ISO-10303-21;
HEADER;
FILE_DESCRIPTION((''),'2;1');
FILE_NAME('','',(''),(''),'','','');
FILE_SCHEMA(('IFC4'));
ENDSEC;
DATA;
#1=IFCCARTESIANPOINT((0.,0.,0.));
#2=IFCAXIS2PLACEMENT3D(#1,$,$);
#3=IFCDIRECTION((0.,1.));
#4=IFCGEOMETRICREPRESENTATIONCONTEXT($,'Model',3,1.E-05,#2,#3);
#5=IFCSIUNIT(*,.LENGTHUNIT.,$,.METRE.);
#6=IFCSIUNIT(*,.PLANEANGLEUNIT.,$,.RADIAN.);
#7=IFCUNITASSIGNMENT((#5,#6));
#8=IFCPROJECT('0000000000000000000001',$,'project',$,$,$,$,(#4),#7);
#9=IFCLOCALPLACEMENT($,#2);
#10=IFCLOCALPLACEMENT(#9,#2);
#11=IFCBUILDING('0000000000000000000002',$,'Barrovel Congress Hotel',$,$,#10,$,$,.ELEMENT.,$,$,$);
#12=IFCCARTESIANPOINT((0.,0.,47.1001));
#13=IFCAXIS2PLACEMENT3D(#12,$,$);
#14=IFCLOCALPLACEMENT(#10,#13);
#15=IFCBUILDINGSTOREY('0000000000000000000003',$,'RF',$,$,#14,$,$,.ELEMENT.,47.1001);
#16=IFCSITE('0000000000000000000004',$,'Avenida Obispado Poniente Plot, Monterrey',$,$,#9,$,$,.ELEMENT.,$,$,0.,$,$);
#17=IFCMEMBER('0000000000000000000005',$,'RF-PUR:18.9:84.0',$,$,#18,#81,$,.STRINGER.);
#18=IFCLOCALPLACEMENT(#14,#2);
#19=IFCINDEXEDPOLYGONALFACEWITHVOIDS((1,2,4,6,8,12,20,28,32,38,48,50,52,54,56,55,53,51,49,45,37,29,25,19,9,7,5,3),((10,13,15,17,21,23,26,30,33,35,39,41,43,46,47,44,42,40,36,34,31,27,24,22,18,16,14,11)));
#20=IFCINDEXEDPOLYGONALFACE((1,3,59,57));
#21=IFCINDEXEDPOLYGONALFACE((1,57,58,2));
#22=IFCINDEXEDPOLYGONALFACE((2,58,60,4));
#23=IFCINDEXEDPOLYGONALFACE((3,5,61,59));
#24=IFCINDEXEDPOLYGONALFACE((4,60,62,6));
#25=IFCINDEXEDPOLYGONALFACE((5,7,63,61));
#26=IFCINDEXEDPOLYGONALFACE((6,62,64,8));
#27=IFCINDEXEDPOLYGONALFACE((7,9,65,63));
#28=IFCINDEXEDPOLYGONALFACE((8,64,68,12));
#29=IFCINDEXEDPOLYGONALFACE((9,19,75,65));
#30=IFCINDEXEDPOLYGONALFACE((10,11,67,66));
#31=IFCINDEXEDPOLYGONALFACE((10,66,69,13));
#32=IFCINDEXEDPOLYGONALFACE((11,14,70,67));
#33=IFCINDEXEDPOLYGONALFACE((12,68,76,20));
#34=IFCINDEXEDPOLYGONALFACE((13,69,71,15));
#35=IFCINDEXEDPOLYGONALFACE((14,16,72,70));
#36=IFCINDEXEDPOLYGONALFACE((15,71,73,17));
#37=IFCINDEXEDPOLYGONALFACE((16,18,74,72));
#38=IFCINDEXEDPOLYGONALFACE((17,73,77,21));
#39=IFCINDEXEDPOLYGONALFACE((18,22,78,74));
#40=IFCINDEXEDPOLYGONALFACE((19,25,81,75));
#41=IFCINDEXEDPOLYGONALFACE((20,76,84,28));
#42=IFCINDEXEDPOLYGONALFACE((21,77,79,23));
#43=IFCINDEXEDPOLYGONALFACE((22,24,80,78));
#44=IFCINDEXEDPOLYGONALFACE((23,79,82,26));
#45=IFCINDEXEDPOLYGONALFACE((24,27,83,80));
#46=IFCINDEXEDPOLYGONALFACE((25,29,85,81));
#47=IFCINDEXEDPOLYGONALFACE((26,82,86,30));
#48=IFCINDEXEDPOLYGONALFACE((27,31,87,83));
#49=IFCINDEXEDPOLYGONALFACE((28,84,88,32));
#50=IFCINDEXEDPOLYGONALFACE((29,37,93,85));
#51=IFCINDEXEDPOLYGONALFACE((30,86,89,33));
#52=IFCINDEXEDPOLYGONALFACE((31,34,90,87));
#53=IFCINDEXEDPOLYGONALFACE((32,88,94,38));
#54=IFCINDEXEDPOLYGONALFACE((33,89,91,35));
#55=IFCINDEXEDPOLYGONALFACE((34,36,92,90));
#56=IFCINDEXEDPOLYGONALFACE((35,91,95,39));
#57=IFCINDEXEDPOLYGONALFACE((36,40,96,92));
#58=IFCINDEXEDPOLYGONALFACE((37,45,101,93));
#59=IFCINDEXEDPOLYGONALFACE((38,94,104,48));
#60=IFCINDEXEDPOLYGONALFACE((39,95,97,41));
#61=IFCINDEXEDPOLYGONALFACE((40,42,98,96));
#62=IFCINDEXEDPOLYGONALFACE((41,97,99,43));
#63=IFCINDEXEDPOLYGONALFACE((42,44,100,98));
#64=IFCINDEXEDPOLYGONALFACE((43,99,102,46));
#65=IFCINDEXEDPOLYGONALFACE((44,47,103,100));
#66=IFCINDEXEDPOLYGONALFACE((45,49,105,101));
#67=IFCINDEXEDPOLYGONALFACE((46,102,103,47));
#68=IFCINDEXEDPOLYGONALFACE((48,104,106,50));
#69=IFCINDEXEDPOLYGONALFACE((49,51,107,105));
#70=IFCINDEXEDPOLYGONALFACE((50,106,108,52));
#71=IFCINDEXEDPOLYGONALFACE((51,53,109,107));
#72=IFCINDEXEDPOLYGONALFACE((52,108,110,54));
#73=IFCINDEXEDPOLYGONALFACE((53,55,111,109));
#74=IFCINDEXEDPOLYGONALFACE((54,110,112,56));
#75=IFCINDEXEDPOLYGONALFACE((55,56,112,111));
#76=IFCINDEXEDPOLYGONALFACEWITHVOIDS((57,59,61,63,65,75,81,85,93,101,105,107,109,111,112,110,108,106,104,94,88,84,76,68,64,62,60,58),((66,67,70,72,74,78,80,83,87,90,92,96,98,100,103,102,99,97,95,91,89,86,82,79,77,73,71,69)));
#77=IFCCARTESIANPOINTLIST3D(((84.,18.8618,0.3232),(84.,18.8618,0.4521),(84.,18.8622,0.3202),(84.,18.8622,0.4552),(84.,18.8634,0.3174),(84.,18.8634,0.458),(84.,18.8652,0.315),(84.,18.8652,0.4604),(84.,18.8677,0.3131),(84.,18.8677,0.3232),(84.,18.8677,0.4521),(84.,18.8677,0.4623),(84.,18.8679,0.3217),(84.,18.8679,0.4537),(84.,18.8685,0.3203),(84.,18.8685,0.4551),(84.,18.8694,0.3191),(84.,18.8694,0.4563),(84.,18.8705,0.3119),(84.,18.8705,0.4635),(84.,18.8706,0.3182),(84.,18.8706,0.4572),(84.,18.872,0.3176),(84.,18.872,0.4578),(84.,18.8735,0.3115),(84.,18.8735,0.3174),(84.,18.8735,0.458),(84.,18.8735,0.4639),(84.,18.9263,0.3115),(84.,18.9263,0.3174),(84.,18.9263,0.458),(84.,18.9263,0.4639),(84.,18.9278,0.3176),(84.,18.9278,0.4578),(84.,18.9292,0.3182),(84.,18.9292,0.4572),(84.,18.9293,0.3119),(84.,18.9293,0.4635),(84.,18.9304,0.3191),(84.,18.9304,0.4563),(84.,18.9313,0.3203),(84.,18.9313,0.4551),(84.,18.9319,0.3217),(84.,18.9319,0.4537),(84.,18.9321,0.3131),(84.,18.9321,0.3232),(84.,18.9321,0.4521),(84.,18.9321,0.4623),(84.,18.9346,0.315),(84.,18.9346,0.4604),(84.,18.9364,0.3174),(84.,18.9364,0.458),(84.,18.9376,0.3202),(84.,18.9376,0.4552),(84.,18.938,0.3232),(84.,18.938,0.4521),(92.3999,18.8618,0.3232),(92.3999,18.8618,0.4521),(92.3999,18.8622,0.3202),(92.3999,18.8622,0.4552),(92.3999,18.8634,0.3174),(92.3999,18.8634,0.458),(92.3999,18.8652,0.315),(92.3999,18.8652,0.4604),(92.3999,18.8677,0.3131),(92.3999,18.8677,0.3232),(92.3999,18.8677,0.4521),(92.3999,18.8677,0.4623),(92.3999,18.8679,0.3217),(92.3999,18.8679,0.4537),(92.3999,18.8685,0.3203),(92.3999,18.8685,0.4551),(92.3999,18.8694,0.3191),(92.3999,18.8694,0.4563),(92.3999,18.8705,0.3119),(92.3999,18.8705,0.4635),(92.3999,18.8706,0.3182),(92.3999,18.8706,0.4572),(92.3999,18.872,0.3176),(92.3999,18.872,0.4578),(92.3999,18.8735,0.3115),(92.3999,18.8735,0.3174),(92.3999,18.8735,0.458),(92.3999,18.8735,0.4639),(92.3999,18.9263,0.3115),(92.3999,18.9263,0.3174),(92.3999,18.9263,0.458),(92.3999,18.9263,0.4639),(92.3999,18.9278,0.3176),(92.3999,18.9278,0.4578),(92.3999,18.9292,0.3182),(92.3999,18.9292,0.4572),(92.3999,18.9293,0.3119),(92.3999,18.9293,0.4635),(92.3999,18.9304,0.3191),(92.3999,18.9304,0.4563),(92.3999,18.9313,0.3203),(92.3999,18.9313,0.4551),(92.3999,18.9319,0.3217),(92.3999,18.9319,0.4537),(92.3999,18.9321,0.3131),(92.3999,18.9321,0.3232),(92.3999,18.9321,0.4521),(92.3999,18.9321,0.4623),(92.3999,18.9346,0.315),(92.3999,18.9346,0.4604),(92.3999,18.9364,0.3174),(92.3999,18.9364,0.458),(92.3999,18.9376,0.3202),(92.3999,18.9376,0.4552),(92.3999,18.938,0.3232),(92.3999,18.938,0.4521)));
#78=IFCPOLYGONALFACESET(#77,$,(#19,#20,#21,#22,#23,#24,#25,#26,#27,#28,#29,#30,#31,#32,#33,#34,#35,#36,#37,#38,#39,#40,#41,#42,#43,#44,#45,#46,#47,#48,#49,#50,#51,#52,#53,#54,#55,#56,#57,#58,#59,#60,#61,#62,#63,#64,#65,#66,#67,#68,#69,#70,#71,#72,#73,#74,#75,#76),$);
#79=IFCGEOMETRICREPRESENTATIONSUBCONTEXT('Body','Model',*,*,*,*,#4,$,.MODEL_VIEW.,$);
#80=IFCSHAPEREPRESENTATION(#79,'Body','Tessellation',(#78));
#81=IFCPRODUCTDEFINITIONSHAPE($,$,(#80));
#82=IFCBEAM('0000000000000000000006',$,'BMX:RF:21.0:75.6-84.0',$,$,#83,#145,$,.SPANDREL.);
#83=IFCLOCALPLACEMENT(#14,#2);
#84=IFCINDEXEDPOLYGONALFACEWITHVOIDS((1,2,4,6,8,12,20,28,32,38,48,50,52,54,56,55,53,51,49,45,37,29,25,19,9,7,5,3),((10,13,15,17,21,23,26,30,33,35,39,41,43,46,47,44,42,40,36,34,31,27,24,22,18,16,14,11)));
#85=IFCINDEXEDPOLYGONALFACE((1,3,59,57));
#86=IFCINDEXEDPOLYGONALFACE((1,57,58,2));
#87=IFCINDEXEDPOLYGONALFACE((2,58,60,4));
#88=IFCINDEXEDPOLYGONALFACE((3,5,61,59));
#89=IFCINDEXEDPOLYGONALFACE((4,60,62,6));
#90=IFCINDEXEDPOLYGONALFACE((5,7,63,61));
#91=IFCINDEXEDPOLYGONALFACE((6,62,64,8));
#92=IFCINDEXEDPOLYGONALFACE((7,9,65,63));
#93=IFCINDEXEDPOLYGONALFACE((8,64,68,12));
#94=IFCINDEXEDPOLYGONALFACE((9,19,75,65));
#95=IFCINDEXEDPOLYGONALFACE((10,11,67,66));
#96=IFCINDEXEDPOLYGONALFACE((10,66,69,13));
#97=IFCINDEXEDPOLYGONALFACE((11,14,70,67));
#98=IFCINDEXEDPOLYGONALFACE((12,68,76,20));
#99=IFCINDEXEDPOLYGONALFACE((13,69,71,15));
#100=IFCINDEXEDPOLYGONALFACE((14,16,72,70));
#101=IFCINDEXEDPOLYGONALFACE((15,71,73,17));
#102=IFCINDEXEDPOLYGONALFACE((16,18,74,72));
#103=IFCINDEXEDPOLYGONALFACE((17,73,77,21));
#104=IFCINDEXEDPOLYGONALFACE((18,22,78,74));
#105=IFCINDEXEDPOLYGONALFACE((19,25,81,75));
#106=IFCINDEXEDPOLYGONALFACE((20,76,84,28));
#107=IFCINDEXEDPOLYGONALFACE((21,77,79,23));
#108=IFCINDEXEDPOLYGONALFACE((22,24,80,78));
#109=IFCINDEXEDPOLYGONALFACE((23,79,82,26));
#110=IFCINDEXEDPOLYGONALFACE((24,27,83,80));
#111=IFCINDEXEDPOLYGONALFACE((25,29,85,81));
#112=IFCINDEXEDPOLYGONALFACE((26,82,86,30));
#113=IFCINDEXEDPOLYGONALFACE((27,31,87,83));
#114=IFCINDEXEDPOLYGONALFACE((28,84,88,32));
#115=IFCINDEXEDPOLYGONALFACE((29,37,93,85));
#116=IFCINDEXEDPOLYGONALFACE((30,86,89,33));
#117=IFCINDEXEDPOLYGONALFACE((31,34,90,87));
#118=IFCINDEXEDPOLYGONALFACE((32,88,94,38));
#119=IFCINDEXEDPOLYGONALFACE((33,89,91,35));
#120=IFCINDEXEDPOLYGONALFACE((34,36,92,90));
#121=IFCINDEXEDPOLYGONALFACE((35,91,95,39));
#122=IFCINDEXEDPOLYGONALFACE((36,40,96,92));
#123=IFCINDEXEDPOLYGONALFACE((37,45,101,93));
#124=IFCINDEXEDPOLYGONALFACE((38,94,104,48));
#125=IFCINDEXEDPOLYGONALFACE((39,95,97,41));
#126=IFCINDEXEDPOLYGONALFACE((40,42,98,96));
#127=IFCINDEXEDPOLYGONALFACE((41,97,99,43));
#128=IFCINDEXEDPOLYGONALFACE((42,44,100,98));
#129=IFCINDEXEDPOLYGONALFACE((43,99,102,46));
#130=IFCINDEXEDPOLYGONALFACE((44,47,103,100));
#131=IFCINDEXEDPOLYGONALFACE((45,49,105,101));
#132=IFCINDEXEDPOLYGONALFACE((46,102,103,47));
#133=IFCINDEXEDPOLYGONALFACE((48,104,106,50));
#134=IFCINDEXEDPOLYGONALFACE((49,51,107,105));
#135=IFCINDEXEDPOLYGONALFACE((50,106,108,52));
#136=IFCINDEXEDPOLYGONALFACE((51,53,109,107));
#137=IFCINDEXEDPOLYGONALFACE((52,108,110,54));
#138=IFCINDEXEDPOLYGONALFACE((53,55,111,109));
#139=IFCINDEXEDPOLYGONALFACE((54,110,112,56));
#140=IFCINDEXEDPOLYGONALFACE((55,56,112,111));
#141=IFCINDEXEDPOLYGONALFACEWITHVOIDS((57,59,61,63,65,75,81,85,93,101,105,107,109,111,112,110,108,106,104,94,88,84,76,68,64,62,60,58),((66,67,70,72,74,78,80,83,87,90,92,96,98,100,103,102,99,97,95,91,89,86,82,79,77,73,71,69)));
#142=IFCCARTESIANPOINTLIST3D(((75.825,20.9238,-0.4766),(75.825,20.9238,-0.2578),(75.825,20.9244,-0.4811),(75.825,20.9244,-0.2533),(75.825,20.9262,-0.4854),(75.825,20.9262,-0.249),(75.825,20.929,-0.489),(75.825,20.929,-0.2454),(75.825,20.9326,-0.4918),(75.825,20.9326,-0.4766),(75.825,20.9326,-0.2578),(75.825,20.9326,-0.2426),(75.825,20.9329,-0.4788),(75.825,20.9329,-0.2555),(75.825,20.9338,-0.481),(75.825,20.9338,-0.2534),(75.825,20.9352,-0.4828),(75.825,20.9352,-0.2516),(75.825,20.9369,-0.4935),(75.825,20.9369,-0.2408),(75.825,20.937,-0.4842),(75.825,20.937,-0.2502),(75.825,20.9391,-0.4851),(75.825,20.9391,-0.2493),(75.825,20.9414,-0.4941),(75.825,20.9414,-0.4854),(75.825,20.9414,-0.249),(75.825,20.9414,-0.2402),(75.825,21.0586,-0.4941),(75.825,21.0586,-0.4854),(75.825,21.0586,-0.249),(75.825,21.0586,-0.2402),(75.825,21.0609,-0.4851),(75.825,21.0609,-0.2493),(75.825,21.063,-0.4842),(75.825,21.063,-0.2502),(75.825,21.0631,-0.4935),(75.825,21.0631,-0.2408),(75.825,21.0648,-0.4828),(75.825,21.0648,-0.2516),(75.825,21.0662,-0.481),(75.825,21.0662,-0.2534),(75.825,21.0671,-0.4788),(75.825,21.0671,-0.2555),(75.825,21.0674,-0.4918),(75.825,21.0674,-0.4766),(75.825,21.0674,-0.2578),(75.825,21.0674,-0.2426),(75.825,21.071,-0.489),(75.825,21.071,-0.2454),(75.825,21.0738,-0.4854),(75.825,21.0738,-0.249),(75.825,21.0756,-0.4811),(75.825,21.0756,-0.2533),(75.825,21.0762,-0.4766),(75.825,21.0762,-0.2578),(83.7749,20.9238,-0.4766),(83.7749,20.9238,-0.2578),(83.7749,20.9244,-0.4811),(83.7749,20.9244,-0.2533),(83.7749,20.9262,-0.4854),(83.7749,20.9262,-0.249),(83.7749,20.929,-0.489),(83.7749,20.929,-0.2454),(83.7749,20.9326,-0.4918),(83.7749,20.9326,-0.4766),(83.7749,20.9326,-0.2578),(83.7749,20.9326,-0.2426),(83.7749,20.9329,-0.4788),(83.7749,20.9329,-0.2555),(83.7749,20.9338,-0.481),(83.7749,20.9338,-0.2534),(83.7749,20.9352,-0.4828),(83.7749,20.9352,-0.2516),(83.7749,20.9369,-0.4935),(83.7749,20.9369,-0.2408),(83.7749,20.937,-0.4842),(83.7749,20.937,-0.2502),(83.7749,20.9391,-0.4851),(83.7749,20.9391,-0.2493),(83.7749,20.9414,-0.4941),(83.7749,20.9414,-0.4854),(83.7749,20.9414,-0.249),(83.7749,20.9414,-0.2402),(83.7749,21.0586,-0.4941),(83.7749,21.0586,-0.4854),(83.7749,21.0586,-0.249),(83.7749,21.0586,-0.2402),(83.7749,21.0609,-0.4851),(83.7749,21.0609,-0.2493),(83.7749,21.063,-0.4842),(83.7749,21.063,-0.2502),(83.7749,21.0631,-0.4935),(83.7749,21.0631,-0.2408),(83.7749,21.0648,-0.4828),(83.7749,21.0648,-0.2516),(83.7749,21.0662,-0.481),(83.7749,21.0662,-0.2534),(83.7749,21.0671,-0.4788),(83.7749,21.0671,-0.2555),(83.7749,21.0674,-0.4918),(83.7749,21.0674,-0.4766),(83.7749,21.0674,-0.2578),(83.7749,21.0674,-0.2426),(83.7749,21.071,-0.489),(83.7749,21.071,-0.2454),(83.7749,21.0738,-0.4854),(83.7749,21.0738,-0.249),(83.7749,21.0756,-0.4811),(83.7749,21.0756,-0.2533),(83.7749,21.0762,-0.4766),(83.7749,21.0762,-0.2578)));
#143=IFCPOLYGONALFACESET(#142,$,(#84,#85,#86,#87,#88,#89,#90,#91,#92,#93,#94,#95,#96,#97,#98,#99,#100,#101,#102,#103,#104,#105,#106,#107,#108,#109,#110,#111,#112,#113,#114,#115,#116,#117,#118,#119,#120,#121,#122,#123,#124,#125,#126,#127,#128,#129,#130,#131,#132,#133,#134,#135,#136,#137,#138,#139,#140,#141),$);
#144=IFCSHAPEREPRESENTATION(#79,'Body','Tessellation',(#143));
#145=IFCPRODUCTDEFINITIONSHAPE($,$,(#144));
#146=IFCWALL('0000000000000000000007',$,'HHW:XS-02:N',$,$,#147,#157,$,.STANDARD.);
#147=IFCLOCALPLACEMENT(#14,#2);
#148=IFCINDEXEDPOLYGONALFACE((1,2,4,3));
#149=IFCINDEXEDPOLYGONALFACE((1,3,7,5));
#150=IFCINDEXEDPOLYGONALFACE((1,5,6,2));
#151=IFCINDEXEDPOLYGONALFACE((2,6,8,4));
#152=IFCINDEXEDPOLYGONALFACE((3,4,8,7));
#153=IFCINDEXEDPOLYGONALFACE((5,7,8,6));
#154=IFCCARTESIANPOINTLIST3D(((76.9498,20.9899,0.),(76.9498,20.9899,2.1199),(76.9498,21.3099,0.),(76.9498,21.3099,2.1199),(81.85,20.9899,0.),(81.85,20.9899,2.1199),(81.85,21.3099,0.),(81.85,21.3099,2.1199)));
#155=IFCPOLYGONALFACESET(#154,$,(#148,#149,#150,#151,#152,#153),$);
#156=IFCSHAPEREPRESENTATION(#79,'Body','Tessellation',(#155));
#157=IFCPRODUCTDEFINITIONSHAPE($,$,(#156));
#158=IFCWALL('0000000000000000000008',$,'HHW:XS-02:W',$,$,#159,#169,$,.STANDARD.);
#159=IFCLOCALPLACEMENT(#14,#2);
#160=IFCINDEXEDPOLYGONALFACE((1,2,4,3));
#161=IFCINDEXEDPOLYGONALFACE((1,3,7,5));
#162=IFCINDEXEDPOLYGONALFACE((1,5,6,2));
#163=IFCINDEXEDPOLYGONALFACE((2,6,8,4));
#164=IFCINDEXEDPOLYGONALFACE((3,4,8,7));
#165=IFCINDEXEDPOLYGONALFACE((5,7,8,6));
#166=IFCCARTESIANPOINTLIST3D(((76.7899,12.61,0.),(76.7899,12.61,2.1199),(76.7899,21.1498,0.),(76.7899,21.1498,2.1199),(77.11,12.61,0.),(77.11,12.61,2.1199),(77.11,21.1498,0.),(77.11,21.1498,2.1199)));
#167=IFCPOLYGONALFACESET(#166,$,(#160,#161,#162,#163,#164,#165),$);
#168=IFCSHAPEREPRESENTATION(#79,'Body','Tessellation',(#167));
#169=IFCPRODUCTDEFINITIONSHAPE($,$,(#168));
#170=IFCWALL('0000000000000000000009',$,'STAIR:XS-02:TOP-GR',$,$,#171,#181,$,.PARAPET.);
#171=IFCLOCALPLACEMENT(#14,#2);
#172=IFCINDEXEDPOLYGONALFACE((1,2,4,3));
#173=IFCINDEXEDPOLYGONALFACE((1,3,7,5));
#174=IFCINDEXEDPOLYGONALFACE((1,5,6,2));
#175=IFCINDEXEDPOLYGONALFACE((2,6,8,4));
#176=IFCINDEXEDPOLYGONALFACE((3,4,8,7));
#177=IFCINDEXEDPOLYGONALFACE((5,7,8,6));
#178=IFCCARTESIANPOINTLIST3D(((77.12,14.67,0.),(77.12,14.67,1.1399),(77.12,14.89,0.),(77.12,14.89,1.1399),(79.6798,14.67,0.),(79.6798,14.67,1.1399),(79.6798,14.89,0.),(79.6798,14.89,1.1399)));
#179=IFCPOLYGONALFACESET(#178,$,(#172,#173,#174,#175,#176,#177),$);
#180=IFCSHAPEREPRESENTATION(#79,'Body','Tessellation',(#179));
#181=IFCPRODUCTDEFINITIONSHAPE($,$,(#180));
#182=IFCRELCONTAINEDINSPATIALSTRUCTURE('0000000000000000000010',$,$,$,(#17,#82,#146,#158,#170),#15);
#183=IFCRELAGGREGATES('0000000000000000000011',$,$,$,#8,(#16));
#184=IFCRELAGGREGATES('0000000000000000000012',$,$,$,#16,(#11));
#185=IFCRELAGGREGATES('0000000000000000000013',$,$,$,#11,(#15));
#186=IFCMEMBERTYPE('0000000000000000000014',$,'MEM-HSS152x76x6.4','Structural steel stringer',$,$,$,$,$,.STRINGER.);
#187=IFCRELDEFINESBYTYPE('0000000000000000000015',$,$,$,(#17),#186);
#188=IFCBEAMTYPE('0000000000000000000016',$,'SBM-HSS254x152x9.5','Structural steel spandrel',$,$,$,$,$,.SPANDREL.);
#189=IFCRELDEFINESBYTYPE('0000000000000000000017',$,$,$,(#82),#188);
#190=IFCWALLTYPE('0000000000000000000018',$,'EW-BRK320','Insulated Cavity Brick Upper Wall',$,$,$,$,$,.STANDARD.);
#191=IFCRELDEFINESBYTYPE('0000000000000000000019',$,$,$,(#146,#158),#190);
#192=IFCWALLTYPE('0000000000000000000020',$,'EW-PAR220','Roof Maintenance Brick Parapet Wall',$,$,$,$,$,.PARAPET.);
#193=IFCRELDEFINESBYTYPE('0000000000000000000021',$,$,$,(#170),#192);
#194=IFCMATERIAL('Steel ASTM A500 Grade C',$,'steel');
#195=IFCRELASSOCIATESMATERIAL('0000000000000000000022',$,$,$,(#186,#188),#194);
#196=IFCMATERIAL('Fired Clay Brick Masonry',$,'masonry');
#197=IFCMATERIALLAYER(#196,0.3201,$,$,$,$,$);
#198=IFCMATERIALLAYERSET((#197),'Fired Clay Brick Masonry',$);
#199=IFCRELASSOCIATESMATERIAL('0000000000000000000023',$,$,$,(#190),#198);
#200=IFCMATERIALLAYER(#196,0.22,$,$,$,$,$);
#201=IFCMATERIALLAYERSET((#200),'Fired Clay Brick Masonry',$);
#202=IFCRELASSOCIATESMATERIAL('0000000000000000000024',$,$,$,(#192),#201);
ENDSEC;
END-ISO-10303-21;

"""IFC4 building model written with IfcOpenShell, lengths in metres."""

from ifc_helpers import new_model, si_unit, direction, frame, frame_2d, origin, origin_2d, place, context, subcontext, project, spatial, rectangle, hollow_rectangle, extrude, material, layer, layer_set, material_profile, profile_set, type_object, element, save


model = new_model("IFC4")

# Units and contexts
model_context = context("Model", 3, precision=1e-05, world=origin(), true_north=direction((0.0, 1.0)))
body_context = subcontext(model_context, "Body", "Model", "MODEL_VIEW")
ifc_project = project(units=[si_unit("LENGTHUNIT", "METRE"), si_unit("PLANEANGLEUNIT", "RADIAN")], contexts=[model_context])

# Site, building, storey
site_placement = place(None, origin())
site = spatial("IfcSite", under=ifc_project, at=site_placement, Name="Avenida Obispado Poniente Plot, Monterrey", CompositionType="ELEMENT", RefElevation=0.0)
building_placement = place(site_placement, origin())
building = spatial("IfcBuilding", under=site, at=building_placement, Name="Barrovel Congress Hotel", CompositionType="ELEMENT")
storey_placement = place(building_placement, frame((0.0, 0.0, 47.1001)))
storey = spatial("IfcBuildingStorey", under=building, at=storey_placement, Name="RF", CompositionType="ELEMENT", Elevation=47.1001)

# Member
ifc_material_1 = material(Name="Steel ASTM A500 Grade C", Category="steel")
ifc_material_profile_1 = material_profile(ifc_material_1, hollow_rectangle(XDim=0.0762, YDim=0.1523, WallThickness=0.0059, InnerFilletRadius=0.0059, OuterFilletRadius=0.0117, at=origin_2d()), Name="HSS152x76x6.4")
ifc_profile_set_1 = profile_set([ifc_material_profile_1], Name="Steel ASTM A500 Grade C")
member_type = type_object("IfcMemberType", Name="MEM-HSS152x76x6.4", Description="Structural steel stringer", PredefinedType="STRINGER", material=ifc_profile_set_1)
for number, where, z_axis, x_axis, name in (
    (1, (84.0, 18.8999, 0.3877), (1.0, 0.0, 0.0), (0.0, 1.0, 0.0), "RF-PUR:18.9:84.0"),
):
    element("IfcMember", number, at=place(storey_placement, frame(where, z_axis=z_axis, x_axis=x_axis)), inside=storey, type_object=member_type, Name=name, PredefinedType="STRINGER", context=body_context, shape_type="SweptSolid", body=[
        extrude(hollow_rectangle(XDim=0.0762, YDim=0.1523, WallThickness=0.0059, InnerFilletRadius=0.0059, OuterFilletRadius=0.0117, at=origin_2d()), origin(), (0.0, 0.0, 1.0), 8.3999),
    ])

# Beam
ifc_material_profile_2 = material_profile(ifc_material_1, hollow_rectangle(XDim=0.1523, YDim=0.2539, WallThickness=0.0088, InnerFilletRadius=0.0088, OuterFilletRadius=0.0176, at=origin_2d()), Name="HSS254x152x9.5")
ifc_profile_set_2 = profile_set([ifc_material_profile_2], Name="Steel ASTM A500 Grade C")
beam_type_1 = type_object("IfcBeamType", Name="SBM-HSS254x152x9.5", Description="Structural steel spandrel", PredefinedType="SPANDREL", material=ifc_profile_set_2)
beam_1_placement = place(storey_placement, frame((75.825, 21.0, -0.3672), z_axis=(1.0, 0.0, 0.0), x_axis=(0.0, 1.0, 0.0)))
element("IfcBeam", 2, at=beam_1_placement, inside=storey, type_object=beam_type_1, Name="BMX:RF:21.0:75.6-84.0", PredefinedType="SPANDREL", context=body_context, shape_type="SweptSolid", body=[
    extrude(hollow_rectangle(XDim=0.1523, YDim=0.2539, WallThickness=0.0088, InnerFilletRadius=0.0088, OuterFilletRadius=0.0176, at=origin_2d()), origin(), (0.0, 0.0, 1.0), 7.95),
])

# Walls
ifc_material_2 = material(Name="Fired Clay Brick Masonry", Category="masonry")
ifc_layer_1 = layer(ifc_material_2, 0.3201)
ifc_layer_set_1 = layer_set([ifc_layer_1], Name="Fired Clay Brick Masonry")
wall_type_1 = type_object("IfcWallType", Name="EW-BRK320", Description="Insulated Cavity Brick Upper Wall", PredefinedType="STANDARD", material=ifc_layer_set_1)
wall_1_placement = place(storey_placement, frame((81.8501, 21.1499, 0.0), z_axis=(0.0, 0.0, 1.0), x_axis=(-1.0, 0.0, 0.0)))
element("IfcWall", 3, at=wall_1_placement, inside=storey, type_object=wall_type_1, Name="HHW:XS-02:N", PredefinedType="STANDARD", context=body_context, shape_type="SweptSolid", body=[
    extrude(rectangle(XDim=4.9001, YDim=0.3201, at=frame_2d((2.4502, 0.0))), origin(), (0.0, 0.0, 1.0), 2.1199),
])
wall_2_placement = place(storey_placement, frame((76.95, 21.1499, 0.0), z_axis=(0.0, 0.0, 1.0), x_axis=(0.0, -1.0, 0.0)))
element("IfcWall", 4, at=wall_2_placement, inside=storey, type_object=wall_type_1, Name="HHW:XS-02:W", PredefinedType="STANDARD", context=body_context, shape_type="SweptSolid", body=[
    extrude(rectangle(XDim=8.5398, YDim=0.3201, at=frame_2d((4.27, 0.0))), origin(), (0.0, 0.0, 1.0), 2.1199),
])
ifc_layer_2 = layer(ifc_material_2, 0.22)
ifc_layer_set_2 = layer_set([ifc_layer_2], Name="Fired Clay Brick Masonry")
wall_type_2 = type_object("IfcWallType", Name="EW-PAR220", Description="Roof Maintenance Brick Parapet Wall", PredefinedType="PARAPET", material=ifc_layer_set_2)
wall_3_placement = place(storey_placement, frame((77.1201, 14.78, 0.0), z_axis=(0.0, 0.0, 1.0), x_axis=(1.0, 0.0, 0.0)))
element("IfcWall", 5, at=wall_3_placement, inside=storey, type_object=wall_type_2, Name="STAIR:XS-02:TOP-GR", PredefinedType="PARAPET", context=body_context, shape_type="SweptSolid", body=[
    extrude(rectangle(XDim=2.5598, YDim=0.22, at=frame_2d((1.2798, 0.0))), origin(), (0.0, 0.0, 1.0), 1.1399),
])

save(model, "model.ifc")
